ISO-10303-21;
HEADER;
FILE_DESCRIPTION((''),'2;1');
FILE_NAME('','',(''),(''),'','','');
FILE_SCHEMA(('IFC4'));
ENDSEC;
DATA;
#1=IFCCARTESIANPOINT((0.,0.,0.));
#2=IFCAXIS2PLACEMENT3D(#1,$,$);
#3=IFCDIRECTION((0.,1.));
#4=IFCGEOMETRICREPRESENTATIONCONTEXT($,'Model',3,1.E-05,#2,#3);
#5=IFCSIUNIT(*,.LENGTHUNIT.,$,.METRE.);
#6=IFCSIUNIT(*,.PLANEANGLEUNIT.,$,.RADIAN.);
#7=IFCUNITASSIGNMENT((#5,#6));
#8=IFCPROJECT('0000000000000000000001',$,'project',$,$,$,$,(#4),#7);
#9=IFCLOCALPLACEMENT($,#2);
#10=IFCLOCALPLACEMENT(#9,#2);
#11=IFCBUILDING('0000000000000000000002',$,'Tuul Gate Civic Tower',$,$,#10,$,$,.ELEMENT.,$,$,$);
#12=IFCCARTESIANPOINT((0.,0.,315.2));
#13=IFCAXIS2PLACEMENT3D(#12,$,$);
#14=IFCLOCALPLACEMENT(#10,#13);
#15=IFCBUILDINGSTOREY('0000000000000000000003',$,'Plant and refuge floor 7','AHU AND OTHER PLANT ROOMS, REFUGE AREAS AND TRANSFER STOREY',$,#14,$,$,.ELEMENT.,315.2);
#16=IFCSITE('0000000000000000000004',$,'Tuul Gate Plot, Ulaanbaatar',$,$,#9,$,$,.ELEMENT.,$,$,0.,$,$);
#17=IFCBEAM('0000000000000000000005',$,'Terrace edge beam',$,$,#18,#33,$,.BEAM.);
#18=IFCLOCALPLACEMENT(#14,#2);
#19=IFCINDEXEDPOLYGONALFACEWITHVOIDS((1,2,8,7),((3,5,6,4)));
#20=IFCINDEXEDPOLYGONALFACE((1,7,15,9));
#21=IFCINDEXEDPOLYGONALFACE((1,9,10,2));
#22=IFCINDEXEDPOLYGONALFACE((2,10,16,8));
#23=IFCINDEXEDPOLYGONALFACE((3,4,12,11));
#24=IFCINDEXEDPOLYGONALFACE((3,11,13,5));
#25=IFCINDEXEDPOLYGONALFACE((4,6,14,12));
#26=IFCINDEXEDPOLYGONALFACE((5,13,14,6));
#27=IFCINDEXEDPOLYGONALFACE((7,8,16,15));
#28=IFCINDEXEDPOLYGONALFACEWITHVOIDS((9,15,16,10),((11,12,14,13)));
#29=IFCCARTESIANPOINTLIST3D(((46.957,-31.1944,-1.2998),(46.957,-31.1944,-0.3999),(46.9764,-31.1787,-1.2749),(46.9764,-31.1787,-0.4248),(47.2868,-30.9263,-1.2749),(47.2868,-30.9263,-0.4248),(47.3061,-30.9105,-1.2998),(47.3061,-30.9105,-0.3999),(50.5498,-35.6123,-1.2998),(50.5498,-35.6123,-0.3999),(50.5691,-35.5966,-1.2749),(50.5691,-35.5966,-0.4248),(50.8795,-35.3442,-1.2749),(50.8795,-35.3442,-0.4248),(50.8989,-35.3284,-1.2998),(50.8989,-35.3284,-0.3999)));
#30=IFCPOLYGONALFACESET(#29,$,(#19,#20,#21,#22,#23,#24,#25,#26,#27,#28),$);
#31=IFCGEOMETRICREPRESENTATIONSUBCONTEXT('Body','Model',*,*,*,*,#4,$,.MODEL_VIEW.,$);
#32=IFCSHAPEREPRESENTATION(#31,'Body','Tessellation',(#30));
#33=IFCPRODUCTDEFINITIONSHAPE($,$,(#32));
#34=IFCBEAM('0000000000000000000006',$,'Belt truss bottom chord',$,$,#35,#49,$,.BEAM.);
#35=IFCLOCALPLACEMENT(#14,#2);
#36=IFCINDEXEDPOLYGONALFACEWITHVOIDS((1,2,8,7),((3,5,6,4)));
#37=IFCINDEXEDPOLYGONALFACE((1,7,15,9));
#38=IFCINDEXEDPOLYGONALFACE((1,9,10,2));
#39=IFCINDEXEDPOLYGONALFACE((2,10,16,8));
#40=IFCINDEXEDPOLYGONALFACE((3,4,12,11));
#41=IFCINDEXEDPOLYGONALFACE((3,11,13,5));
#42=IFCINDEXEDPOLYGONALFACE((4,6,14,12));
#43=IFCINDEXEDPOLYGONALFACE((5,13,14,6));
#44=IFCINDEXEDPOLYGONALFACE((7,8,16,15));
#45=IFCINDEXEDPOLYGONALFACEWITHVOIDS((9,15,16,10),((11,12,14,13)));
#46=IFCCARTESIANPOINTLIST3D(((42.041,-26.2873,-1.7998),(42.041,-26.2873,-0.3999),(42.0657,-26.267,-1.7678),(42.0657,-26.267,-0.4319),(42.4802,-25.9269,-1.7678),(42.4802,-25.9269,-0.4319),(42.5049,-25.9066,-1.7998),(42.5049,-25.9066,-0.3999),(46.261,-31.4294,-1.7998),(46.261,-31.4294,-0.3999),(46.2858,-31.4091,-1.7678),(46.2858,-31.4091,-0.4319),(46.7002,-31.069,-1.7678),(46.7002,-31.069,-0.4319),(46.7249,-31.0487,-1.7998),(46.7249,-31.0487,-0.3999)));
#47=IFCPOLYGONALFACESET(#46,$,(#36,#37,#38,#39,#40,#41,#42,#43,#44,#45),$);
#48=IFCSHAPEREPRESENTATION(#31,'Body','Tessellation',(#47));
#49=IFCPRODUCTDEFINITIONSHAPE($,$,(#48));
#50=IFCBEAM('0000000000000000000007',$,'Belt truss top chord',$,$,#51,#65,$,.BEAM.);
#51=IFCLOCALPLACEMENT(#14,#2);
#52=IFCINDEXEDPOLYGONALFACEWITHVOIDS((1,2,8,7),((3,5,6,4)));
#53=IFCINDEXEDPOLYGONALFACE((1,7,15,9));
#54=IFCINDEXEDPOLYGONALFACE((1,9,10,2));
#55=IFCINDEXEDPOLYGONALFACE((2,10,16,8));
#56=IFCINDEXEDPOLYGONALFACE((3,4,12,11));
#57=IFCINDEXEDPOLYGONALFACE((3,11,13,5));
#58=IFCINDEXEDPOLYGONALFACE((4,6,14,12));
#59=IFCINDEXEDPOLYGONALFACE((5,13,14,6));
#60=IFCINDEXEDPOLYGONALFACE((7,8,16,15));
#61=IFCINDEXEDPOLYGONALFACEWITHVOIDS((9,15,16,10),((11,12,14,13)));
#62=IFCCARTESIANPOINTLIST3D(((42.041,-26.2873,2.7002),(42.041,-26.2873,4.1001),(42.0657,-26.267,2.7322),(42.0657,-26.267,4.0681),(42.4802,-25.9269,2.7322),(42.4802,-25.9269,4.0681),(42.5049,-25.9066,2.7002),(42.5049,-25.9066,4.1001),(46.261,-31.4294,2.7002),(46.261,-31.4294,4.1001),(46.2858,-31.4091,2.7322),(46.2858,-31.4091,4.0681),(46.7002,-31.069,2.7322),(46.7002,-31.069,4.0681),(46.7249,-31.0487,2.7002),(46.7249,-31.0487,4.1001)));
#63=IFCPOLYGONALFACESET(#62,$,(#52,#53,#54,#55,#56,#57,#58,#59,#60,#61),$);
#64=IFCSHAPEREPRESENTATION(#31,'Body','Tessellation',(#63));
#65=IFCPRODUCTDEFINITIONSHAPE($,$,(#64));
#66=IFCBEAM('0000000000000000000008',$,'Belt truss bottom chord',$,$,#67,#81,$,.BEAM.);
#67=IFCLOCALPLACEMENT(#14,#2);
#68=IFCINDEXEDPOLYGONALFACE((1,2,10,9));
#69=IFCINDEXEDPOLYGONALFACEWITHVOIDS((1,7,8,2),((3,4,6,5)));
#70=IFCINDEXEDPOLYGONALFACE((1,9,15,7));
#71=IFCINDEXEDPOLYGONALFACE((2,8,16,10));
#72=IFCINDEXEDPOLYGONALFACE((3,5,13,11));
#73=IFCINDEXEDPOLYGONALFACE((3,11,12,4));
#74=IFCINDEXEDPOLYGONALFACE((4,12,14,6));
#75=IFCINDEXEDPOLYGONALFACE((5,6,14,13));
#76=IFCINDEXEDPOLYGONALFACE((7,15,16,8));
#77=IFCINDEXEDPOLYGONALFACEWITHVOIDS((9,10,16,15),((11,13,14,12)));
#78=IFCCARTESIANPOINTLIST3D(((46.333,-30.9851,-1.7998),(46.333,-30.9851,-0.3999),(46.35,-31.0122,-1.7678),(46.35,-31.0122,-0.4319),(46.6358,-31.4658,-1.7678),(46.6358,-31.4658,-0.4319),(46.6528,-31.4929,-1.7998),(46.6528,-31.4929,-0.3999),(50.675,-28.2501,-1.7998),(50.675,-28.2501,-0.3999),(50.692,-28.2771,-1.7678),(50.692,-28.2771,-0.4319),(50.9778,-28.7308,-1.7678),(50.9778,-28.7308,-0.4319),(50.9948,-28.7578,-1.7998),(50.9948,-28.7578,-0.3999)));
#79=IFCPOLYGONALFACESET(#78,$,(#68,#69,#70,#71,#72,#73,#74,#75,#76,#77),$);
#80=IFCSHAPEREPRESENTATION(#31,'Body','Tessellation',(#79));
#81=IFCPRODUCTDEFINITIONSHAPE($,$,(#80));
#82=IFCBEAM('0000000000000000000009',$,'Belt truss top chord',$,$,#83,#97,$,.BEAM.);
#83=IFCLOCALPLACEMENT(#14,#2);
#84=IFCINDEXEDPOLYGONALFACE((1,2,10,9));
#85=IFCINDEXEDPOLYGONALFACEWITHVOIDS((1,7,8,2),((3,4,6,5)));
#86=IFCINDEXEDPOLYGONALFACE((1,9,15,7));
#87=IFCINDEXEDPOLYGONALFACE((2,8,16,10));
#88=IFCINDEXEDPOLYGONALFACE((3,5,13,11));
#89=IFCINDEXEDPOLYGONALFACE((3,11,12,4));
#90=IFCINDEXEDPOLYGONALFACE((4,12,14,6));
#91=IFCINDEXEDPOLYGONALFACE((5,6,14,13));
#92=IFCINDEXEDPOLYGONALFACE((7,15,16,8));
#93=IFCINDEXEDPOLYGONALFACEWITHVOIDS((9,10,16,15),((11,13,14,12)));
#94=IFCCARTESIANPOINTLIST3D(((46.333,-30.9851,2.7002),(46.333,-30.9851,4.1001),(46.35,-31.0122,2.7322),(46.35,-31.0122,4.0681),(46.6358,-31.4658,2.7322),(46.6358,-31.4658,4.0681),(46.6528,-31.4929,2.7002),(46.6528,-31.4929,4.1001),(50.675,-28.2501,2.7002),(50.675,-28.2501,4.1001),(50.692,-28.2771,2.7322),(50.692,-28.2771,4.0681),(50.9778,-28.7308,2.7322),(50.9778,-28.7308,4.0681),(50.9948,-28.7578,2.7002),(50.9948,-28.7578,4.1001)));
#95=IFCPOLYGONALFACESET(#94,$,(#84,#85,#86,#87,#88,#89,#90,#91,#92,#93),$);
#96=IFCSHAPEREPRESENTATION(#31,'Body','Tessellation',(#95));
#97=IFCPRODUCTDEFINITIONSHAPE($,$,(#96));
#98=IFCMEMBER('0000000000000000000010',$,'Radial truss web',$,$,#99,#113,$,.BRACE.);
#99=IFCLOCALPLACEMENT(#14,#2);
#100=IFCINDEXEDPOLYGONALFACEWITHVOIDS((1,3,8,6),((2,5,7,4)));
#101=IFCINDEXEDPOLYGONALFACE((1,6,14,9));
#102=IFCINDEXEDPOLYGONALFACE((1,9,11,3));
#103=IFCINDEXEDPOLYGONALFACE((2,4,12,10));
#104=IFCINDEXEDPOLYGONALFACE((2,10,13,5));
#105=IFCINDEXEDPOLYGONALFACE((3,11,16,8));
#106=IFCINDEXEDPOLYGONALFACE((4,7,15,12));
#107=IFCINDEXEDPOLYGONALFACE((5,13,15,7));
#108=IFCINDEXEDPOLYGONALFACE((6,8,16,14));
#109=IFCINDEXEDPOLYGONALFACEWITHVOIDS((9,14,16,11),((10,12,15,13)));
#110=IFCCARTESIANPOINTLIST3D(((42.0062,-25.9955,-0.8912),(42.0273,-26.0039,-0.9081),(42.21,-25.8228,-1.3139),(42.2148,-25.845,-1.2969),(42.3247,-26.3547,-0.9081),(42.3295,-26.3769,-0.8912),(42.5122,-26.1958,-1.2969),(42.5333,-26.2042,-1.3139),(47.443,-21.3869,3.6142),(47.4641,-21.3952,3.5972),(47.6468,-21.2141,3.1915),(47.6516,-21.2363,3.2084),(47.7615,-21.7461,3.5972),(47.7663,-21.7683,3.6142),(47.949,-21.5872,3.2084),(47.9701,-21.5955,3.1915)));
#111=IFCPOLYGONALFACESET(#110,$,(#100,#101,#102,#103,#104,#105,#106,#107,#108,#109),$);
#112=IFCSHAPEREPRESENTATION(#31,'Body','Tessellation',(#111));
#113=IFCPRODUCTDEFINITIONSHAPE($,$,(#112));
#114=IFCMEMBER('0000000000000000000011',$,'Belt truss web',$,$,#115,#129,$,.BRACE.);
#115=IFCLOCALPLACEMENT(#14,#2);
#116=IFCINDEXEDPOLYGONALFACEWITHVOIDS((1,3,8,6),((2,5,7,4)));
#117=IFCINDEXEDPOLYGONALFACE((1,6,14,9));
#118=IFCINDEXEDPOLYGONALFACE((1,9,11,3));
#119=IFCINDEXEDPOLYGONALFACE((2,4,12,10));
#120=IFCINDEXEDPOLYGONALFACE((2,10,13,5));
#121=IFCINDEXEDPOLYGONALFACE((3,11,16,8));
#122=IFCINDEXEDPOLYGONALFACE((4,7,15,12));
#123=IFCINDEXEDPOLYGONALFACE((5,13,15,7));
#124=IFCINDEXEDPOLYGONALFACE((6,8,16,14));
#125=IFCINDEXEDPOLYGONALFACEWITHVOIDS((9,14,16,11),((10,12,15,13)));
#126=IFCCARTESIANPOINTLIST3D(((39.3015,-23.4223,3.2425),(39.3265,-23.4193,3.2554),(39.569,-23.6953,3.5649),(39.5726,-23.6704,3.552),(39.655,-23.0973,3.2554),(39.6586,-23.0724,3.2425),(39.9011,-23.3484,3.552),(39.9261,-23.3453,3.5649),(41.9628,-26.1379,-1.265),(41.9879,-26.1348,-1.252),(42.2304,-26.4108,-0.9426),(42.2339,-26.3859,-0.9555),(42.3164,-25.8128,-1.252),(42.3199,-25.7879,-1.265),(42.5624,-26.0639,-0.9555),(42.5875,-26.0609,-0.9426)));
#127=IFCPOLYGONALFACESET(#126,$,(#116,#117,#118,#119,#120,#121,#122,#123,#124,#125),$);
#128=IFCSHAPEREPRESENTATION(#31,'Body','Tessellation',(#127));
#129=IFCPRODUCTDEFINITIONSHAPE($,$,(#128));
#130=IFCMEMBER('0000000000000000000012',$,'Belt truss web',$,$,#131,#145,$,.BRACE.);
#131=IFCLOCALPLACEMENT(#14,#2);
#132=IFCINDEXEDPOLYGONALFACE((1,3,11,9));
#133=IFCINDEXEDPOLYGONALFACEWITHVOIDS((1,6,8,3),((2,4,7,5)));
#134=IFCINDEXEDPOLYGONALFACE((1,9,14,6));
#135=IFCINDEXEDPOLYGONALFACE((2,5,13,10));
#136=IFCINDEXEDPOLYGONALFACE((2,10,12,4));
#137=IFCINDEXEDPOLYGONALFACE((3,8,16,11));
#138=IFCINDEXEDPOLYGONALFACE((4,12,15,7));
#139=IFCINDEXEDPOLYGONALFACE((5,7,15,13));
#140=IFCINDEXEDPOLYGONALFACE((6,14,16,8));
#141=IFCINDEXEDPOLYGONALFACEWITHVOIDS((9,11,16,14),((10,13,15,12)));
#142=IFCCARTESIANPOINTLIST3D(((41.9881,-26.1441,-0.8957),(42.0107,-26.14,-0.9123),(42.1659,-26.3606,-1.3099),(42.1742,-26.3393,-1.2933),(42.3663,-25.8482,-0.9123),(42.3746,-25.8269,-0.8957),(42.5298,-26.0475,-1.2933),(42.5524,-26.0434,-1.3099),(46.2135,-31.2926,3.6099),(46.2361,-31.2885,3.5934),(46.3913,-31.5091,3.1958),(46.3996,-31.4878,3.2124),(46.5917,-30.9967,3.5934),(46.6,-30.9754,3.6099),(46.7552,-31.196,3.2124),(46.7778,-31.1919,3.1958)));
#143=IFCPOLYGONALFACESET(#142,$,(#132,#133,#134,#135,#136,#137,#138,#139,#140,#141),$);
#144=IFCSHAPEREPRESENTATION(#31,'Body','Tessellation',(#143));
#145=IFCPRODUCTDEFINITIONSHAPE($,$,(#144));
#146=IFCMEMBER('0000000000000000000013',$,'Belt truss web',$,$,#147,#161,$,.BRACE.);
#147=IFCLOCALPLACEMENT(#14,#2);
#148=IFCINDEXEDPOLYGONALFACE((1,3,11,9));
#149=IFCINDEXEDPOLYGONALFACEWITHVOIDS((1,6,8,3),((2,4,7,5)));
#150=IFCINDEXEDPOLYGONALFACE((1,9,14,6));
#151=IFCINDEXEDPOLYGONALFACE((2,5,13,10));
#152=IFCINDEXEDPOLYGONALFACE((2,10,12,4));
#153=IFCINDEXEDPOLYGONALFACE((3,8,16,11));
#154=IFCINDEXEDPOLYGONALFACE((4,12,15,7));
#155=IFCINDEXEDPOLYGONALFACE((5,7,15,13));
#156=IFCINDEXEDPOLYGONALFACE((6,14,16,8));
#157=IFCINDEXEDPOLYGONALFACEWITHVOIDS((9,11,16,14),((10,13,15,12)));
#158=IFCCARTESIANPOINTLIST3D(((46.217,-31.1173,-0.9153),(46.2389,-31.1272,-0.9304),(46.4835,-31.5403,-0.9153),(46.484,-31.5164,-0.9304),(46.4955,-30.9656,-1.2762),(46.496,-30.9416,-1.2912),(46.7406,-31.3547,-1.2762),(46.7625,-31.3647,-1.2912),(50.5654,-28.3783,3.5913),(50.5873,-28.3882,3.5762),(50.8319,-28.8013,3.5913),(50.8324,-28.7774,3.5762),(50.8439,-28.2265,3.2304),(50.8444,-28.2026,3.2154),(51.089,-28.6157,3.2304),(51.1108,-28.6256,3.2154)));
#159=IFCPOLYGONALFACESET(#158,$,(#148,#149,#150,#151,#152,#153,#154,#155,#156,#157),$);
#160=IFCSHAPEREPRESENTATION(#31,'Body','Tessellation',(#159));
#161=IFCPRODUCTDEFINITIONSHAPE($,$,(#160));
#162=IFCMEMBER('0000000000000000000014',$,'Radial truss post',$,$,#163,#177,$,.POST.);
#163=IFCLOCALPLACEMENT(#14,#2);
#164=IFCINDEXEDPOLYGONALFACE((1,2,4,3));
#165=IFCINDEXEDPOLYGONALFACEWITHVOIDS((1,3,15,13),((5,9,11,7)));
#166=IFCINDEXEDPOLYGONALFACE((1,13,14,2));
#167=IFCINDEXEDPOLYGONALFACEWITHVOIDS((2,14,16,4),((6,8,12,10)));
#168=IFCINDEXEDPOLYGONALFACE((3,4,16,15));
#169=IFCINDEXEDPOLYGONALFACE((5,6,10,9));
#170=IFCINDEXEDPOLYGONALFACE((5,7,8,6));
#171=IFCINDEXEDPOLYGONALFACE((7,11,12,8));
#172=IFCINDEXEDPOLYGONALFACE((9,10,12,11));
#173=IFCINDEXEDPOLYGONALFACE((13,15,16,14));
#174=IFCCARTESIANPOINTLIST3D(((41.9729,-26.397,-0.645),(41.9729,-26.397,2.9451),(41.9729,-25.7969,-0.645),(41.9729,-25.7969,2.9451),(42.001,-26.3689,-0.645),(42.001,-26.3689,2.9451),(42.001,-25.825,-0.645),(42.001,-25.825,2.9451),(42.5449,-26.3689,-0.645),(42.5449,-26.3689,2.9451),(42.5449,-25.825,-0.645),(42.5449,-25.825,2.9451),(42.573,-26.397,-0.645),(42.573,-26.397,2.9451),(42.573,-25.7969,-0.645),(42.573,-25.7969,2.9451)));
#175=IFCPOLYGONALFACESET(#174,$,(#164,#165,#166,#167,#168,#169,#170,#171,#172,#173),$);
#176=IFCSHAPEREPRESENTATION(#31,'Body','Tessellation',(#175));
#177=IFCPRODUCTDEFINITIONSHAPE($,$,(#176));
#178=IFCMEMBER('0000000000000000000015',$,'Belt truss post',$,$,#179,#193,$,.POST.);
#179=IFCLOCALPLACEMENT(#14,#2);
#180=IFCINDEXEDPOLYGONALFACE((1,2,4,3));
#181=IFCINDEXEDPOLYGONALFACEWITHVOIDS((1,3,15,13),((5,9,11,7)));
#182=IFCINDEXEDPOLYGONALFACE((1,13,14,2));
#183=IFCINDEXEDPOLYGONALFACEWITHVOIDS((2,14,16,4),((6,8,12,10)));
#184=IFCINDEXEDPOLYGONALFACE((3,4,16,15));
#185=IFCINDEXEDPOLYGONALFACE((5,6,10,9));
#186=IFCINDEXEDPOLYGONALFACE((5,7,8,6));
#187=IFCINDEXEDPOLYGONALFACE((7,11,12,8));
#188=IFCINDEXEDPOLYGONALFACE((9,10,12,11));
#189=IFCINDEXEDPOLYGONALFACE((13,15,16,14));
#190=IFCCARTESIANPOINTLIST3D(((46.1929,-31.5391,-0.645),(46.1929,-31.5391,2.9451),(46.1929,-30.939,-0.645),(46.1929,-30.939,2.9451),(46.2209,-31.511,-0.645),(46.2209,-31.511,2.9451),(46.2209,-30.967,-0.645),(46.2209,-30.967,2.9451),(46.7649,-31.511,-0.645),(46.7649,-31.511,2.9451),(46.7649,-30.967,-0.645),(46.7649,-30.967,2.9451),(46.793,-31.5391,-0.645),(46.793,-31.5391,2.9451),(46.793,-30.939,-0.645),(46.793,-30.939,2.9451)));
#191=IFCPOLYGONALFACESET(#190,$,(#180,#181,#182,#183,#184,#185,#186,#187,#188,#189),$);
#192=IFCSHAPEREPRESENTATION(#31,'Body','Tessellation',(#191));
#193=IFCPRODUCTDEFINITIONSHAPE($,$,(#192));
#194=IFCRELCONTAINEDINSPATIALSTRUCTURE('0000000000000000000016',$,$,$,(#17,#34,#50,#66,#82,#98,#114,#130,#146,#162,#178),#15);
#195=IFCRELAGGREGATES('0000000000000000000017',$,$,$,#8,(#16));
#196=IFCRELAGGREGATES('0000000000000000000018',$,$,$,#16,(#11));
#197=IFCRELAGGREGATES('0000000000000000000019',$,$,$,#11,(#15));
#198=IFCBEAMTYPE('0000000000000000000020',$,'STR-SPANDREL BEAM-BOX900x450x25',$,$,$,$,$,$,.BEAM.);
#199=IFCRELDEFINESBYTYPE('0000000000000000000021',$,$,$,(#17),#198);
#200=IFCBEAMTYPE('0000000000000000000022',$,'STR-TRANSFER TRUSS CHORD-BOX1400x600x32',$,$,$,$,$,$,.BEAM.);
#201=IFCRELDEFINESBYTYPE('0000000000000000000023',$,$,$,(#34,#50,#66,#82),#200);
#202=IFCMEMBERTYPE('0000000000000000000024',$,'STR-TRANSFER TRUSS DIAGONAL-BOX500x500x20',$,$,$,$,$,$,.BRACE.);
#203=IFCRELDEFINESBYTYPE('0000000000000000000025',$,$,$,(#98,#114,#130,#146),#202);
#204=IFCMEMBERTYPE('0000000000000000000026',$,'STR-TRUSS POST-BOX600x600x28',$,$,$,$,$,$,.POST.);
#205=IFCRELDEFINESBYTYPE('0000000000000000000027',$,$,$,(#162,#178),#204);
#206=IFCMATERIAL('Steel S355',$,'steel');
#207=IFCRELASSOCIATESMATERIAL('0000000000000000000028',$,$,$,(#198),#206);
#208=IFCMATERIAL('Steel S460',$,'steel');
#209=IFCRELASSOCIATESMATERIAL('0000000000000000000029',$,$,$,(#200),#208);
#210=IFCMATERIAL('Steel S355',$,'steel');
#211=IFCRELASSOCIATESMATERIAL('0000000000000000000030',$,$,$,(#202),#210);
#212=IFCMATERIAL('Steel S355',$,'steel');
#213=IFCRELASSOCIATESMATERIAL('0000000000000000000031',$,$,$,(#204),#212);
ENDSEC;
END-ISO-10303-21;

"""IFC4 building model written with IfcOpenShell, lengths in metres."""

from ifc_helpers import new_model, si_unit, direction, frame, origin, origin_2d, place, context, subcontext, project, spatial, hollow_rectangle, extrude, material, material_profile, profile_set, type_object, element, save


model = new_model("IFC4")

# Units and contexts
model_context = context("Model", 3, precision=1e-05, world=origin(), true_north=direction((0.0, 1.0)))
body_context = subcontext(model_context, "Body", "Model", "MODEL_VIEW")
ifc_project = project(units=[si_unit("LENGTHUNIT", "METRE"), si_unit("PLANEANGLEUNIT", "RADIAN")], contexts=[model_context])

# Site, building, storey
site_placement = place(None, origin())
site = spatial("IfcSite", under=ifc_project, at=site_placement, Name="Tuul Gate Plot, Ulaanbaatar", CompositionType="ELEMENT", RefElevation=0.0)
building_placement = place(site_placement, origin())
building = spatial("IfcBuilding", under=site, at=building_placement, Name="Tuul Gate Civic Tower", CompositionType="ELEMENT")
storey_placement = place(building_placement, frame((0.0, 0.0, 315.2)))
storey = spatial("IfcBuildingStorey", under=building, at=storey_placement, Name="Plant and refuge floor 7", Description="AHU AND OTHER PLANT ROOMS, REFUGE AREAS AND TRANSFER STOREY", CompositionType="ELEMENT", Elevation=315.2)

# Beams
ifc_material_1 = material(Name="Steel S355", Category="steel")
ifc_material_profile_1 = material_profile(ifc_material_1, hollow_rectangle(XDim=0.45, YDim=0.8999, WallThickness=0.0249, at=origin_2d()), Name="BOX900x450x25")
ifc_profile_set_1 = profile_set([ifc_material_profile_1], Name="Steel S355")
beam_type_1 = type_object("IfcBeamType", Name="STR-SPANDREL BEAM-BOX900x450x25", PredefinedType="BEAM", material=ifc_profile_set_1)
beam_placement = place(storey_placement, frame((47.1316, -31.0525, -0.8499), z_axis=(0.630928, -0.775841, 0.0), x_axis=(0.775841, 0.630928, 0.0)))
element("IfcBeam", 1, at=beam_placement, inside=storey, type_object=beam_type_1, Name="Terrace edge beam", PredefinedType="BEAM", context=body_context, shape_type="SweptSolid", body=[
    extrude(hollow_rectangle(XDim=0.45, YDim=0.8999, WallThickness=0.0249, at=origin_2d()), origin(), (0.0, 0.0, 1.0), 5.6943),
])
ifc_material_2 = material(Name="Steel S460", Category="steel")
ifc_material_profile_2 = material_profile(ifc_material_2, hollow_rectangle(XDim=0.6001, YDim=1.3999, WallThickness=0.032, at=origin_2d()), Name="BOX1400x600x32")
ifc_profile_set_2 = profile_set([ifc_material_profile_2], Name="Steel S460")
beam_type_2 = type_object("IfcBeamType", Name="STR-TRANSFER TRUSS CHORD-BOX1400x600x32", PredefinedType="BEAM", material=ifc_profile_set_2)
for number, where, z_axis, x_axis, name in (
    (2, (42.2729, -26.0969, -1.0999), (0.63439, -0.773013, 0.0), (0.773013, 0.63439, 0.0), "Belt truss bottom chord"),
    (3, (42.2729, -26.0969, 3.4001), (0.63439, -0.773013, 0.0), (0.773013, 0.63439, 0.0), "Belt truss top chord"),
):
    element("IfcBeam", number, at=place(storey_placement, frame(where, z_axis=z_axis, x_axis=x_axis)), inside=storey, type_object=beam_type_2, Name=name, PredefinedType="BEAM", context=body_context, shape_type="SweptSolid", body=[
        extrude(hollow_rectangle(XDim=0.6001, YDim=1.3999, WallThickness=0.032, at=origin_2d()), origin(), (0.0, 0.0, 1.0), 6.6521),
    ])
for number, where, z_axis, x_axis, name in (
    (4, (46.4929, -31.239, -1.0999), (0.846125, 0.532985, 0.0), (-0.532985, 0.846125, 0.0), "Belt truss bottom chord"),
    (5, (46.4929, -31.239, 3.4001), (0.846125, 0.532985, 0.0), (-0.532985, 0.846125, 0.0), "Belt truss top chord"),
):
    element("IfcBeam", number, at=place(storey_placement, frame(where, z_axis=z_axis, x_axis=x_axis)), inside=storey, type_object=beam_type_2, Name=name, PredefinedType="BEAM", context=body_context, shape_type="SweptSolid", body=[
        extrude(hollow_rectangle(XDim=0.6001, YDim=1.3999, WallThickness=0.032, at=origin_2d()), origin(), (0.0, 0.0, 1.0), 5.1316),
    ])

# Members
ifc_material_3 = material(Name="Steel S355", Category="steel")
ifc_material_profile_3 = material_profile(ifc_material_3, hollow_rectangle(XDim=0.5, YDim=0.5, WallThickness=0.02, at=origin_2d()), Name="BOX500x500x20")
ifc_profile_set_3 = profile_set([ifc_material_profile_3], Name="Steel S355")
member_type_1 = type_object("IfcMemberType", Name="STR-TRANSFER TRUSS DIAGONAL-BOX500x500x20", PredefinedType="BRACE", material=ifc_profile_set_3)
member_1_placement = place(storey_placement, frame((42.2698, -26.0999, -1.1025), z_axis=(0.644788, 0.546574, 0.534327), x_axis=(-0.646621, 0.762812, 0.0)))
element("IfcMember", 6, at=member_1_placement, inside=storey, type_object=member_type_1, Name="Radial truss web", PredefinedType="BRACE", context=body_context, shape_type="SweptSolid", body=[
    extrude(hollow_rectangle(XDim=0.5, YDim=0.5, WallThickness=0.02, at=origin_2d()), origin(), (0.0, 0.0, 1.0), 8.4319),
])
member_2_placement = place(storey_placement, frame((42.2751, -26.0994, -1.1038), z_axis=(-0.451305, 0.460496, 0.764374), x_axis=(-0.714198, -0.699944, 0.0)))
element("IfcMember", 7, at=member_2_placement, inside=storey, type_object=member_type_1, Name="Belt truss web", PredefinedType="BRACE", context=body_context, shape_type="SweptSolid", body=[
    extrude(hollow_rectangle(XDim=0.5, YDim=0.5, WallThickness=0.02, at=origin_2d()), origin(), (0.0, 0.0, 1.0), 5.897),
])
member_3_placement = place(storey_placement, frame((42.2703, -26.0938, -1.1028), z_axis=(0.525463, -0.640259, 0.560318), x_axis=(0.773001, 0.634405, 0.0)))
element("IfcMember", 8, at=member_3_placement, inside=storey, type_object=member_type_1, Name="Belt truss web", PredefinedType="BRACE", context=body_context, shape_type="SweptSolid", body=[
    extrude(hollow_rectangle(XDim=0.5, YDim=0.5, WallThickness=0.02, at=origin_2d()), origin(), (0.0, 0.0, 1.0), 8.0413),
])
member_4_placement = place(storey_placement, frame((46.4897, -31.241, -1.1033), z_axis=(0.636175, 0.400721, 0.65932), x_axis=(-0.532972, 0.846133, 0.0)))
element("IfcMember", 9, at=member_4_placement, inside=storey, type_object=member_type_1, Name="Belt truss web", PredefinedType="BRACE", context=body_context, shape_type="SweptSolid", body=[
    extrude(hollow_rectangle(XDim=0.5, YDim=0.5, WallThickness=0.02, at=origin_2d()), origin(), (0.0, 0.0, 1.0), 6.8352),
])
ifc_material_4 = material(Name="Steel S355", Category="steel")
ifc_material_profile_4 = material_profile(ifc_material_4, hollow_rectangle(XDim=0.6001, YDim=0.6001, WallThickness=0.0281, at=origin_2d()), Name="BOX600x600x28")
ifc_profile_set_4 = profile_set([ifc_material_profile_4], Name="Steel S355")
member_type_2 = type_object("IfcMemberType", Name="STR-TRUSS POST-BOX600x600x28", PredefinedType="POST", material=ifc_profile_set_4)
for number, where, z_axis, x_axis, name in (
    (10, (42.2729, -26.0969, -0.645), (0.0, 0.0, 1.0), (1.0, 0.0, 0.0), "Radial truss post"),
    (11, (46.4929, -31.239, -0.645), (0.0, 0.0, 1.0), (1.0, 0.0, 0.0), "Belt truss post"),
):
    element("IfcMember", number, at=place(storey_placement, frame(where, z_axis=z_axis, x_axis=x_axis)), inside=storey, type_object=member_type_2, Name=name, PredefinedType="POST", context=body_context, shape_type="SweptSolid", body=[
        extrude(hollow_rectangle(XDim=0.6001, YDim=0.6001, WallThickness=0.0281, at=origin_2d()), origin(), (0.0, 0.0, 1.0), 3.5901),
    ])

save(model, "model.ifc")
